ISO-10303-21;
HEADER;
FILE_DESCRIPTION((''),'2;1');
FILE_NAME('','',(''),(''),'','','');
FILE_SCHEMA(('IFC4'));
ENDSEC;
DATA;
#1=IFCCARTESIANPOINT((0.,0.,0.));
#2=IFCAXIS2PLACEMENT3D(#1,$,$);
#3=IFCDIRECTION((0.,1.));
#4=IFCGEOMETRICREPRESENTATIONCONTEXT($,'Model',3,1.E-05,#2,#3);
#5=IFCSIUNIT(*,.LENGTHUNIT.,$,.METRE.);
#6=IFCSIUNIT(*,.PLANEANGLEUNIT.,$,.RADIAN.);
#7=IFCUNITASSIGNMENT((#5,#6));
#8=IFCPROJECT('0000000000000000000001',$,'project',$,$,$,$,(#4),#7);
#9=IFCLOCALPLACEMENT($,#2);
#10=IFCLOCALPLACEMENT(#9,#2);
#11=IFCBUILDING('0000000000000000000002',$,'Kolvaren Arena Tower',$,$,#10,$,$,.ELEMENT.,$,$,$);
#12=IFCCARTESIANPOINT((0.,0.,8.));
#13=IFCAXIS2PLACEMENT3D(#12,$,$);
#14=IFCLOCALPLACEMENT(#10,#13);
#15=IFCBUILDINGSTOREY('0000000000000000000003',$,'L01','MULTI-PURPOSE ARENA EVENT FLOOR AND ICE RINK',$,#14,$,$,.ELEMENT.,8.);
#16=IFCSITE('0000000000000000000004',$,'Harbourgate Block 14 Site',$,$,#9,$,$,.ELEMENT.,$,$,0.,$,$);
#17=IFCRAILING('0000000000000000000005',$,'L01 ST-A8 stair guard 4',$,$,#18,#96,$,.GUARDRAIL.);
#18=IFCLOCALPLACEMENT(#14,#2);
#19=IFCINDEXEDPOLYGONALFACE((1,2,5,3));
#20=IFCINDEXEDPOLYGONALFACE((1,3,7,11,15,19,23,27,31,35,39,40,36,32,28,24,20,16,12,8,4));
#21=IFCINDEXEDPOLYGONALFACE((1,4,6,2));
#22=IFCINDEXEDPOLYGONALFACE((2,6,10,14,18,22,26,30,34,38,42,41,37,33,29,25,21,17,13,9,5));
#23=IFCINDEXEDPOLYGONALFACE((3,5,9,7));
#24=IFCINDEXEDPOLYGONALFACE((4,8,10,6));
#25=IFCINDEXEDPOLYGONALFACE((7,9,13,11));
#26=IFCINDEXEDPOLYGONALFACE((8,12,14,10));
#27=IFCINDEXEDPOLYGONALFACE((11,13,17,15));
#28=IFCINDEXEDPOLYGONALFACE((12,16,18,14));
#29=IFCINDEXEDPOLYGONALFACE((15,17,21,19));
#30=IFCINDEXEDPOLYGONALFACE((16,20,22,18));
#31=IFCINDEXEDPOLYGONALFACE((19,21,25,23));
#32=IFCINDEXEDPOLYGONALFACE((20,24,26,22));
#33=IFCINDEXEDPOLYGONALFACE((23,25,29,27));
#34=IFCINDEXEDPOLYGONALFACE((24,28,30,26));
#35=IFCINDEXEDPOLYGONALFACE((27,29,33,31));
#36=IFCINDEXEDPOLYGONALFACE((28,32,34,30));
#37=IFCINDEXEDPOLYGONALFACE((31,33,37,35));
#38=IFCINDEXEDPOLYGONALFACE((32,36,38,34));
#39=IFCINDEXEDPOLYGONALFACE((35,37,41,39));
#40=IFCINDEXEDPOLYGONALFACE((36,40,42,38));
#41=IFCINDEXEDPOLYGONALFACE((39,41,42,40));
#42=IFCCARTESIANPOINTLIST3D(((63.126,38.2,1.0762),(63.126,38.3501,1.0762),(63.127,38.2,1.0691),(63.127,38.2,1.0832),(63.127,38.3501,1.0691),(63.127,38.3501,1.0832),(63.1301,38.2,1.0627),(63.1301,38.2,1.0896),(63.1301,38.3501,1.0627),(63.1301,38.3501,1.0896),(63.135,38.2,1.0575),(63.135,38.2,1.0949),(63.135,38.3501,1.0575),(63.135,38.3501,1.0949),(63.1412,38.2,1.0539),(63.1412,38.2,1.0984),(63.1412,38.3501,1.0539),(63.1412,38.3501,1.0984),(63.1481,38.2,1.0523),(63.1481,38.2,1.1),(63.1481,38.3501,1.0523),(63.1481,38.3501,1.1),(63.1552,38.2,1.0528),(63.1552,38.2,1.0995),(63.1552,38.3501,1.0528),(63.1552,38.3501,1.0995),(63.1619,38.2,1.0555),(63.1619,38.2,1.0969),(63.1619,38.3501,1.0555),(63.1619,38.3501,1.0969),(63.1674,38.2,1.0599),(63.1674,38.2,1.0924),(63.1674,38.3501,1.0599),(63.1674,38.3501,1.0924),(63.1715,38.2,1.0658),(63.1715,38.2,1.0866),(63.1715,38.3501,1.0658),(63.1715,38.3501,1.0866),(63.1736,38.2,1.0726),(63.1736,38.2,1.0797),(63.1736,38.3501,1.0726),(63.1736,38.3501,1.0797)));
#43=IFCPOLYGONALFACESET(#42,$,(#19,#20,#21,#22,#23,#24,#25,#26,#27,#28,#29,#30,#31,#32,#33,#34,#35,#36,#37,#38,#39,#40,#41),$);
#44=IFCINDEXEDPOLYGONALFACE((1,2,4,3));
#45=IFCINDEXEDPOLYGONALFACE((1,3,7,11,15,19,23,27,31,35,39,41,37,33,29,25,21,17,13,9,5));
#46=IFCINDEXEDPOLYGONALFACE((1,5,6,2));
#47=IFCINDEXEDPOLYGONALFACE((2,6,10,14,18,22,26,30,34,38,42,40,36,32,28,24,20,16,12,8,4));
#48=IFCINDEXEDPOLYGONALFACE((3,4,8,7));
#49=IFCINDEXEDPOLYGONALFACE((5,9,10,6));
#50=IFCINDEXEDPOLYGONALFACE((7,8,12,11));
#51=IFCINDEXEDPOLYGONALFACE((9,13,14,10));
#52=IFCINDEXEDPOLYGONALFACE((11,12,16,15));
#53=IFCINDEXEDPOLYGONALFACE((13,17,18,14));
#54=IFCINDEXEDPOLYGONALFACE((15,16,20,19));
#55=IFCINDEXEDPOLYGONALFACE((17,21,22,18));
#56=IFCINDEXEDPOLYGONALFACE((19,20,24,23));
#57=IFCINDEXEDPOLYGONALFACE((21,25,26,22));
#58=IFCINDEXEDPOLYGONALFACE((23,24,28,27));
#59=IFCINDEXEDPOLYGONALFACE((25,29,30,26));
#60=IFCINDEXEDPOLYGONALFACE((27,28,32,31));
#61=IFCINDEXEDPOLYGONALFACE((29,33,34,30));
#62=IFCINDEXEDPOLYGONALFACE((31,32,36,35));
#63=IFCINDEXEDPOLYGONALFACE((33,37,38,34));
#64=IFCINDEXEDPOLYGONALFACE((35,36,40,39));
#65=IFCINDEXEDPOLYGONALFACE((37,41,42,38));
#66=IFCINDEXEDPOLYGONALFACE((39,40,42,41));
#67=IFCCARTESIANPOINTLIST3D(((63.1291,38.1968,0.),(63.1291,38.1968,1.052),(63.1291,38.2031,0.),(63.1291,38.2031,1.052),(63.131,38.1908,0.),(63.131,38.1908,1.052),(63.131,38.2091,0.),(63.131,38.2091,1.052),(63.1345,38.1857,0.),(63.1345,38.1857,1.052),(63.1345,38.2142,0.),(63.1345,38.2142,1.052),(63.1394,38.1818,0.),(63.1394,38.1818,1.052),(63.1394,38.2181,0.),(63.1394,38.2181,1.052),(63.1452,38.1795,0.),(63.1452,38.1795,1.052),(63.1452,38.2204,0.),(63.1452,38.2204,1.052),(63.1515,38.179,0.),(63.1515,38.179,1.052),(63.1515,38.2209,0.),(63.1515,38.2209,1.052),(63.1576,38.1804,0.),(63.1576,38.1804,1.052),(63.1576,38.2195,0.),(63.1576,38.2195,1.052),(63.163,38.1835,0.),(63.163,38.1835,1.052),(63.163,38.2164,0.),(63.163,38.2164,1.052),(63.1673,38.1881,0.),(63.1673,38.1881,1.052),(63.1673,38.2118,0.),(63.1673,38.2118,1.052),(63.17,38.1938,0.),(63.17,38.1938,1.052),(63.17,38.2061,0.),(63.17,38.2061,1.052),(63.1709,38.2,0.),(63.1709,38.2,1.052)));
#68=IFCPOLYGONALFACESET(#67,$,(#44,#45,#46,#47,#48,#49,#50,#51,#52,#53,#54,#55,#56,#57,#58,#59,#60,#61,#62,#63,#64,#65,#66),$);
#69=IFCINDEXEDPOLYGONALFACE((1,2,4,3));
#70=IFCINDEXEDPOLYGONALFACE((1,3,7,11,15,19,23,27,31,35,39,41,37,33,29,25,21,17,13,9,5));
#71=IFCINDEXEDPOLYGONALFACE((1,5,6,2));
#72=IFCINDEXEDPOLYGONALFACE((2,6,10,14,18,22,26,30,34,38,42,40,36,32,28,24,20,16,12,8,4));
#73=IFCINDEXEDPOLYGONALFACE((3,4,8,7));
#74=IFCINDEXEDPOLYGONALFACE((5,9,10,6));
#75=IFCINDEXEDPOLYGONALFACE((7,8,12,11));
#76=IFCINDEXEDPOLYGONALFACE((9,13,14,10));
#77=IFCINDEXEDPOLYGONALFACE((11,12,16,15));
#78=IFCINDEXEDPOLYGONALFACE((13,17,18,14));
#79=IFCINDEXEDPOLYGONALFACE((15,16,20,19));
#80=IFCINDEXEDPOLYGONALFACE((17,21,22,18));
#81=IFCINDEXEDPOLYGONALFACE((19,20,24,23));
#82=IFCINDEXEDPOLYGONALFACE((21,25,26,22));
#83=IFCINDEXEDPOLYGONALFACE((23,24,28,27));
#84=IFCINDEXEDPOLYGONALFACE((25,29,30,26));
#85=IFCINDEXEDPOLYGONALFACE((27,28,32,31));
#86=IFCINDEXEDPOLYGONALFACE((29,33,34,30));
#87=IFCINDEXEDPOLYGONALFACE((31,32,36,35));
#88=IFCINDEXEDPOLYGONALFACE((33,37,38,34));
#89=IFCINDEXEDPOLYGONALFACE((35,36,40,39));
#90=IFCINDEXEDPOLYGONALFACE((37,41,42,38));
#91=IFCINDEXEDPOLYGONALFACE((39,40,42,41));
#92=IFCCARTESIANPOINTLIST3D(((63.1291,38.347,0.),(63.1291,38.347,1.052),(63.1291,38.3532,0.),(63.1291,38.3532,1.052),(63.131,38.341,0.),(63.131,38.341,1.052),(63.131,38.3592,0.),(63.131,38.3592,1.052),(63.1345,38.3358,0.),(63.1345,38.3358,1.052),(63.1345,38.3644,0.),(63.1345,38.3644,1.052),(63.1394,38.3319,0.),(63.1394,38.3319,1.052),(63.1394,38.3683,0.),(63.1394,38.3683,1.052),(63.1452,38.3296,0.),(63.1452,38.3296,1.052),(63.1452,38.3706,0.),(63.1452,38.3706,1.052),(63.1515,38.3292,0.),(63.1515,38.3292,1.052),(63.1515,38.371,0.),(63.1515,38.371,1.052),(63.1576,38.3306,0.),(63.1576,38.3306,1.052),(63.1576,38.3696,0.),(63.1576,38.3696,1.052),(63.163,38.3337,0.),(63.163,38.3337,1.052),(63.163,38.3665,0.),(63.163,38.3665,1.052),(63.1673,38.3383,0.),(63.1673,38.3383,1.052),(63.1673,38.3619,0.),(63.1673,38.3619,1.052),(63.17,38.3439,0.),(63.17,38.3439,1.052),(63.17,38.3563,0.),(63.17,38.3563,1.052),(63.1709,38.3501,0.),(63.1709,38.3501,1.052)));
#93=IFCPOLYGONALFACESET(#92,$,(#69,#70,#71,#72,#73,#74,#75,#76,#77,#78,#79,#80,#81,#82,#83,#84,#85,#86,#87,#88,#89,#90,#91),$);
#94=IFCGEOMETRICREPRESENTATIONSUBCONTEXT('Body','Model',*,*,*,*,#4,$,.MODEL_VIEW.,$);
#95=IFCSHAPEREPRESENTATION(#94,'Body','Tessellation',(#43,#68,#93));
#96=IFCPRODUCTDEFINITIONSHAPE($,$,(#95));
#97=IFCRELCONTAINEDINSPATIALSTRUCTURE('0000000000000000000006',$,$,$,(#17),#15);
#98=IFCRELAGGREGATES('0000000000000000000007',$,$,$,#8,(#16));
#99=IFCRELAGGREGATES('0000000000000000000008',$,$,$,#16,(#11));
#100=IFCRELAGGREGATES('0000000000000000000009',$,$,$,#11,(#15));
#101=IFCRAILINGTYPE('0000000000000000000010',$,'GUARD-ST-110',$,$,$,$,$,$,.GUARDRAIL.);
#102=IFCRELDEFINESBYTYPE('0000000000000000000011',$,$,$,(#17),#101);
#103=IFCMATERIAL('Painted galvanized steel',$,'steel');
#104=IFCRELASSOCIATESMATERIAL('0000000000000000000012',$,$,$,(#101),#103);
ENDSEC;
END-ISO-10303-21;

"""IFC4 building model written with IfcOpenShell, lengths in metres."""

from ifc_helpers import new_model, si_unit, direction, frame, origin, origin_2d, place, context, subcontext, project, spatial, circle, extrude, material, type_object, element, save


model = new_model("IFC4")

# Units and contexts
model_context = context("Model", 3, precision=1e-05, world=origin(), true_north=direction((0.0, 1.0)))
body_context = subcontext(model_context, "Body", "Model", "MODEL_VIEW")
ifc_project = project(units=[si_unit("LENGTHUNIT", "METRE"), si_unit("PLANEANGLEUNIT", "RADIAN")], contexts=[model_context])

# Site, building, storey
site_placement = place(None, origin())
site = spatial("IfcSite", under=ifc_project, at=site_placement, Name="Harbourgate Block 14 Site", CompositionType="ELEMENT", RefElevation=0.0)
building_placement = place(site_placement, origin())
building = spatial("IfcBuilding", under=site, at=building_placement, Name="Kolvaren Arena Tower", CompositionType="ELEMENT")
storey_placement = place(building_placement, frame((0.0, 0.0, 8.0)))
storey = spatial("IfcBuildingStorey", under=building, at=storey_placement, Name="L01", Description="MULTI-PURPOSE ARENA EVENT FLOOR AND ICE RINK", CompositionType="ELEMENT", Elevation=8.0)

# Railing
ifc_material_1 = material(Name="Painted galvanized steel", Category="steel")
railing_type_1 = type_object("IfcRailingType", Name="GUARD-ST-110", PredefinedType="GUARDRAIL", material=ifc_material_1)
railing_1_placement = place(storey_placement, frame((63.1499, 38.2, 0.0)))
element("IfcRailing", 1, at=railing_1_placement, inside=storey, type_object=railing_type_1, Name="L01 ST-A8 stair guard 4", PredefinedType="GUARDRAIL", context=body_context, shape_type="SweptSolid", body=[
    extrude(circle(Radius=0.0239, at=origin_2d()), frame((0.0, 0.0, 1.0762), z_axis=(0.0, 1.0, 0.0), x_axis=(-1.0, 0.0, 0.0)), (0.0, 0.0, 1.0), 0.1501),
    extrude(circle(Radius=0.021, at=origin_2d()), origin(), (0.0, 0.0, 1.0), 1.052),
    extrude(circle(Radius=0.021, at=origin_2d()), frame((0.0, 0.1501, 0.0)), (0.0, 0.0, 1.0), 1.052),
])

save(model, "model.ifc")
